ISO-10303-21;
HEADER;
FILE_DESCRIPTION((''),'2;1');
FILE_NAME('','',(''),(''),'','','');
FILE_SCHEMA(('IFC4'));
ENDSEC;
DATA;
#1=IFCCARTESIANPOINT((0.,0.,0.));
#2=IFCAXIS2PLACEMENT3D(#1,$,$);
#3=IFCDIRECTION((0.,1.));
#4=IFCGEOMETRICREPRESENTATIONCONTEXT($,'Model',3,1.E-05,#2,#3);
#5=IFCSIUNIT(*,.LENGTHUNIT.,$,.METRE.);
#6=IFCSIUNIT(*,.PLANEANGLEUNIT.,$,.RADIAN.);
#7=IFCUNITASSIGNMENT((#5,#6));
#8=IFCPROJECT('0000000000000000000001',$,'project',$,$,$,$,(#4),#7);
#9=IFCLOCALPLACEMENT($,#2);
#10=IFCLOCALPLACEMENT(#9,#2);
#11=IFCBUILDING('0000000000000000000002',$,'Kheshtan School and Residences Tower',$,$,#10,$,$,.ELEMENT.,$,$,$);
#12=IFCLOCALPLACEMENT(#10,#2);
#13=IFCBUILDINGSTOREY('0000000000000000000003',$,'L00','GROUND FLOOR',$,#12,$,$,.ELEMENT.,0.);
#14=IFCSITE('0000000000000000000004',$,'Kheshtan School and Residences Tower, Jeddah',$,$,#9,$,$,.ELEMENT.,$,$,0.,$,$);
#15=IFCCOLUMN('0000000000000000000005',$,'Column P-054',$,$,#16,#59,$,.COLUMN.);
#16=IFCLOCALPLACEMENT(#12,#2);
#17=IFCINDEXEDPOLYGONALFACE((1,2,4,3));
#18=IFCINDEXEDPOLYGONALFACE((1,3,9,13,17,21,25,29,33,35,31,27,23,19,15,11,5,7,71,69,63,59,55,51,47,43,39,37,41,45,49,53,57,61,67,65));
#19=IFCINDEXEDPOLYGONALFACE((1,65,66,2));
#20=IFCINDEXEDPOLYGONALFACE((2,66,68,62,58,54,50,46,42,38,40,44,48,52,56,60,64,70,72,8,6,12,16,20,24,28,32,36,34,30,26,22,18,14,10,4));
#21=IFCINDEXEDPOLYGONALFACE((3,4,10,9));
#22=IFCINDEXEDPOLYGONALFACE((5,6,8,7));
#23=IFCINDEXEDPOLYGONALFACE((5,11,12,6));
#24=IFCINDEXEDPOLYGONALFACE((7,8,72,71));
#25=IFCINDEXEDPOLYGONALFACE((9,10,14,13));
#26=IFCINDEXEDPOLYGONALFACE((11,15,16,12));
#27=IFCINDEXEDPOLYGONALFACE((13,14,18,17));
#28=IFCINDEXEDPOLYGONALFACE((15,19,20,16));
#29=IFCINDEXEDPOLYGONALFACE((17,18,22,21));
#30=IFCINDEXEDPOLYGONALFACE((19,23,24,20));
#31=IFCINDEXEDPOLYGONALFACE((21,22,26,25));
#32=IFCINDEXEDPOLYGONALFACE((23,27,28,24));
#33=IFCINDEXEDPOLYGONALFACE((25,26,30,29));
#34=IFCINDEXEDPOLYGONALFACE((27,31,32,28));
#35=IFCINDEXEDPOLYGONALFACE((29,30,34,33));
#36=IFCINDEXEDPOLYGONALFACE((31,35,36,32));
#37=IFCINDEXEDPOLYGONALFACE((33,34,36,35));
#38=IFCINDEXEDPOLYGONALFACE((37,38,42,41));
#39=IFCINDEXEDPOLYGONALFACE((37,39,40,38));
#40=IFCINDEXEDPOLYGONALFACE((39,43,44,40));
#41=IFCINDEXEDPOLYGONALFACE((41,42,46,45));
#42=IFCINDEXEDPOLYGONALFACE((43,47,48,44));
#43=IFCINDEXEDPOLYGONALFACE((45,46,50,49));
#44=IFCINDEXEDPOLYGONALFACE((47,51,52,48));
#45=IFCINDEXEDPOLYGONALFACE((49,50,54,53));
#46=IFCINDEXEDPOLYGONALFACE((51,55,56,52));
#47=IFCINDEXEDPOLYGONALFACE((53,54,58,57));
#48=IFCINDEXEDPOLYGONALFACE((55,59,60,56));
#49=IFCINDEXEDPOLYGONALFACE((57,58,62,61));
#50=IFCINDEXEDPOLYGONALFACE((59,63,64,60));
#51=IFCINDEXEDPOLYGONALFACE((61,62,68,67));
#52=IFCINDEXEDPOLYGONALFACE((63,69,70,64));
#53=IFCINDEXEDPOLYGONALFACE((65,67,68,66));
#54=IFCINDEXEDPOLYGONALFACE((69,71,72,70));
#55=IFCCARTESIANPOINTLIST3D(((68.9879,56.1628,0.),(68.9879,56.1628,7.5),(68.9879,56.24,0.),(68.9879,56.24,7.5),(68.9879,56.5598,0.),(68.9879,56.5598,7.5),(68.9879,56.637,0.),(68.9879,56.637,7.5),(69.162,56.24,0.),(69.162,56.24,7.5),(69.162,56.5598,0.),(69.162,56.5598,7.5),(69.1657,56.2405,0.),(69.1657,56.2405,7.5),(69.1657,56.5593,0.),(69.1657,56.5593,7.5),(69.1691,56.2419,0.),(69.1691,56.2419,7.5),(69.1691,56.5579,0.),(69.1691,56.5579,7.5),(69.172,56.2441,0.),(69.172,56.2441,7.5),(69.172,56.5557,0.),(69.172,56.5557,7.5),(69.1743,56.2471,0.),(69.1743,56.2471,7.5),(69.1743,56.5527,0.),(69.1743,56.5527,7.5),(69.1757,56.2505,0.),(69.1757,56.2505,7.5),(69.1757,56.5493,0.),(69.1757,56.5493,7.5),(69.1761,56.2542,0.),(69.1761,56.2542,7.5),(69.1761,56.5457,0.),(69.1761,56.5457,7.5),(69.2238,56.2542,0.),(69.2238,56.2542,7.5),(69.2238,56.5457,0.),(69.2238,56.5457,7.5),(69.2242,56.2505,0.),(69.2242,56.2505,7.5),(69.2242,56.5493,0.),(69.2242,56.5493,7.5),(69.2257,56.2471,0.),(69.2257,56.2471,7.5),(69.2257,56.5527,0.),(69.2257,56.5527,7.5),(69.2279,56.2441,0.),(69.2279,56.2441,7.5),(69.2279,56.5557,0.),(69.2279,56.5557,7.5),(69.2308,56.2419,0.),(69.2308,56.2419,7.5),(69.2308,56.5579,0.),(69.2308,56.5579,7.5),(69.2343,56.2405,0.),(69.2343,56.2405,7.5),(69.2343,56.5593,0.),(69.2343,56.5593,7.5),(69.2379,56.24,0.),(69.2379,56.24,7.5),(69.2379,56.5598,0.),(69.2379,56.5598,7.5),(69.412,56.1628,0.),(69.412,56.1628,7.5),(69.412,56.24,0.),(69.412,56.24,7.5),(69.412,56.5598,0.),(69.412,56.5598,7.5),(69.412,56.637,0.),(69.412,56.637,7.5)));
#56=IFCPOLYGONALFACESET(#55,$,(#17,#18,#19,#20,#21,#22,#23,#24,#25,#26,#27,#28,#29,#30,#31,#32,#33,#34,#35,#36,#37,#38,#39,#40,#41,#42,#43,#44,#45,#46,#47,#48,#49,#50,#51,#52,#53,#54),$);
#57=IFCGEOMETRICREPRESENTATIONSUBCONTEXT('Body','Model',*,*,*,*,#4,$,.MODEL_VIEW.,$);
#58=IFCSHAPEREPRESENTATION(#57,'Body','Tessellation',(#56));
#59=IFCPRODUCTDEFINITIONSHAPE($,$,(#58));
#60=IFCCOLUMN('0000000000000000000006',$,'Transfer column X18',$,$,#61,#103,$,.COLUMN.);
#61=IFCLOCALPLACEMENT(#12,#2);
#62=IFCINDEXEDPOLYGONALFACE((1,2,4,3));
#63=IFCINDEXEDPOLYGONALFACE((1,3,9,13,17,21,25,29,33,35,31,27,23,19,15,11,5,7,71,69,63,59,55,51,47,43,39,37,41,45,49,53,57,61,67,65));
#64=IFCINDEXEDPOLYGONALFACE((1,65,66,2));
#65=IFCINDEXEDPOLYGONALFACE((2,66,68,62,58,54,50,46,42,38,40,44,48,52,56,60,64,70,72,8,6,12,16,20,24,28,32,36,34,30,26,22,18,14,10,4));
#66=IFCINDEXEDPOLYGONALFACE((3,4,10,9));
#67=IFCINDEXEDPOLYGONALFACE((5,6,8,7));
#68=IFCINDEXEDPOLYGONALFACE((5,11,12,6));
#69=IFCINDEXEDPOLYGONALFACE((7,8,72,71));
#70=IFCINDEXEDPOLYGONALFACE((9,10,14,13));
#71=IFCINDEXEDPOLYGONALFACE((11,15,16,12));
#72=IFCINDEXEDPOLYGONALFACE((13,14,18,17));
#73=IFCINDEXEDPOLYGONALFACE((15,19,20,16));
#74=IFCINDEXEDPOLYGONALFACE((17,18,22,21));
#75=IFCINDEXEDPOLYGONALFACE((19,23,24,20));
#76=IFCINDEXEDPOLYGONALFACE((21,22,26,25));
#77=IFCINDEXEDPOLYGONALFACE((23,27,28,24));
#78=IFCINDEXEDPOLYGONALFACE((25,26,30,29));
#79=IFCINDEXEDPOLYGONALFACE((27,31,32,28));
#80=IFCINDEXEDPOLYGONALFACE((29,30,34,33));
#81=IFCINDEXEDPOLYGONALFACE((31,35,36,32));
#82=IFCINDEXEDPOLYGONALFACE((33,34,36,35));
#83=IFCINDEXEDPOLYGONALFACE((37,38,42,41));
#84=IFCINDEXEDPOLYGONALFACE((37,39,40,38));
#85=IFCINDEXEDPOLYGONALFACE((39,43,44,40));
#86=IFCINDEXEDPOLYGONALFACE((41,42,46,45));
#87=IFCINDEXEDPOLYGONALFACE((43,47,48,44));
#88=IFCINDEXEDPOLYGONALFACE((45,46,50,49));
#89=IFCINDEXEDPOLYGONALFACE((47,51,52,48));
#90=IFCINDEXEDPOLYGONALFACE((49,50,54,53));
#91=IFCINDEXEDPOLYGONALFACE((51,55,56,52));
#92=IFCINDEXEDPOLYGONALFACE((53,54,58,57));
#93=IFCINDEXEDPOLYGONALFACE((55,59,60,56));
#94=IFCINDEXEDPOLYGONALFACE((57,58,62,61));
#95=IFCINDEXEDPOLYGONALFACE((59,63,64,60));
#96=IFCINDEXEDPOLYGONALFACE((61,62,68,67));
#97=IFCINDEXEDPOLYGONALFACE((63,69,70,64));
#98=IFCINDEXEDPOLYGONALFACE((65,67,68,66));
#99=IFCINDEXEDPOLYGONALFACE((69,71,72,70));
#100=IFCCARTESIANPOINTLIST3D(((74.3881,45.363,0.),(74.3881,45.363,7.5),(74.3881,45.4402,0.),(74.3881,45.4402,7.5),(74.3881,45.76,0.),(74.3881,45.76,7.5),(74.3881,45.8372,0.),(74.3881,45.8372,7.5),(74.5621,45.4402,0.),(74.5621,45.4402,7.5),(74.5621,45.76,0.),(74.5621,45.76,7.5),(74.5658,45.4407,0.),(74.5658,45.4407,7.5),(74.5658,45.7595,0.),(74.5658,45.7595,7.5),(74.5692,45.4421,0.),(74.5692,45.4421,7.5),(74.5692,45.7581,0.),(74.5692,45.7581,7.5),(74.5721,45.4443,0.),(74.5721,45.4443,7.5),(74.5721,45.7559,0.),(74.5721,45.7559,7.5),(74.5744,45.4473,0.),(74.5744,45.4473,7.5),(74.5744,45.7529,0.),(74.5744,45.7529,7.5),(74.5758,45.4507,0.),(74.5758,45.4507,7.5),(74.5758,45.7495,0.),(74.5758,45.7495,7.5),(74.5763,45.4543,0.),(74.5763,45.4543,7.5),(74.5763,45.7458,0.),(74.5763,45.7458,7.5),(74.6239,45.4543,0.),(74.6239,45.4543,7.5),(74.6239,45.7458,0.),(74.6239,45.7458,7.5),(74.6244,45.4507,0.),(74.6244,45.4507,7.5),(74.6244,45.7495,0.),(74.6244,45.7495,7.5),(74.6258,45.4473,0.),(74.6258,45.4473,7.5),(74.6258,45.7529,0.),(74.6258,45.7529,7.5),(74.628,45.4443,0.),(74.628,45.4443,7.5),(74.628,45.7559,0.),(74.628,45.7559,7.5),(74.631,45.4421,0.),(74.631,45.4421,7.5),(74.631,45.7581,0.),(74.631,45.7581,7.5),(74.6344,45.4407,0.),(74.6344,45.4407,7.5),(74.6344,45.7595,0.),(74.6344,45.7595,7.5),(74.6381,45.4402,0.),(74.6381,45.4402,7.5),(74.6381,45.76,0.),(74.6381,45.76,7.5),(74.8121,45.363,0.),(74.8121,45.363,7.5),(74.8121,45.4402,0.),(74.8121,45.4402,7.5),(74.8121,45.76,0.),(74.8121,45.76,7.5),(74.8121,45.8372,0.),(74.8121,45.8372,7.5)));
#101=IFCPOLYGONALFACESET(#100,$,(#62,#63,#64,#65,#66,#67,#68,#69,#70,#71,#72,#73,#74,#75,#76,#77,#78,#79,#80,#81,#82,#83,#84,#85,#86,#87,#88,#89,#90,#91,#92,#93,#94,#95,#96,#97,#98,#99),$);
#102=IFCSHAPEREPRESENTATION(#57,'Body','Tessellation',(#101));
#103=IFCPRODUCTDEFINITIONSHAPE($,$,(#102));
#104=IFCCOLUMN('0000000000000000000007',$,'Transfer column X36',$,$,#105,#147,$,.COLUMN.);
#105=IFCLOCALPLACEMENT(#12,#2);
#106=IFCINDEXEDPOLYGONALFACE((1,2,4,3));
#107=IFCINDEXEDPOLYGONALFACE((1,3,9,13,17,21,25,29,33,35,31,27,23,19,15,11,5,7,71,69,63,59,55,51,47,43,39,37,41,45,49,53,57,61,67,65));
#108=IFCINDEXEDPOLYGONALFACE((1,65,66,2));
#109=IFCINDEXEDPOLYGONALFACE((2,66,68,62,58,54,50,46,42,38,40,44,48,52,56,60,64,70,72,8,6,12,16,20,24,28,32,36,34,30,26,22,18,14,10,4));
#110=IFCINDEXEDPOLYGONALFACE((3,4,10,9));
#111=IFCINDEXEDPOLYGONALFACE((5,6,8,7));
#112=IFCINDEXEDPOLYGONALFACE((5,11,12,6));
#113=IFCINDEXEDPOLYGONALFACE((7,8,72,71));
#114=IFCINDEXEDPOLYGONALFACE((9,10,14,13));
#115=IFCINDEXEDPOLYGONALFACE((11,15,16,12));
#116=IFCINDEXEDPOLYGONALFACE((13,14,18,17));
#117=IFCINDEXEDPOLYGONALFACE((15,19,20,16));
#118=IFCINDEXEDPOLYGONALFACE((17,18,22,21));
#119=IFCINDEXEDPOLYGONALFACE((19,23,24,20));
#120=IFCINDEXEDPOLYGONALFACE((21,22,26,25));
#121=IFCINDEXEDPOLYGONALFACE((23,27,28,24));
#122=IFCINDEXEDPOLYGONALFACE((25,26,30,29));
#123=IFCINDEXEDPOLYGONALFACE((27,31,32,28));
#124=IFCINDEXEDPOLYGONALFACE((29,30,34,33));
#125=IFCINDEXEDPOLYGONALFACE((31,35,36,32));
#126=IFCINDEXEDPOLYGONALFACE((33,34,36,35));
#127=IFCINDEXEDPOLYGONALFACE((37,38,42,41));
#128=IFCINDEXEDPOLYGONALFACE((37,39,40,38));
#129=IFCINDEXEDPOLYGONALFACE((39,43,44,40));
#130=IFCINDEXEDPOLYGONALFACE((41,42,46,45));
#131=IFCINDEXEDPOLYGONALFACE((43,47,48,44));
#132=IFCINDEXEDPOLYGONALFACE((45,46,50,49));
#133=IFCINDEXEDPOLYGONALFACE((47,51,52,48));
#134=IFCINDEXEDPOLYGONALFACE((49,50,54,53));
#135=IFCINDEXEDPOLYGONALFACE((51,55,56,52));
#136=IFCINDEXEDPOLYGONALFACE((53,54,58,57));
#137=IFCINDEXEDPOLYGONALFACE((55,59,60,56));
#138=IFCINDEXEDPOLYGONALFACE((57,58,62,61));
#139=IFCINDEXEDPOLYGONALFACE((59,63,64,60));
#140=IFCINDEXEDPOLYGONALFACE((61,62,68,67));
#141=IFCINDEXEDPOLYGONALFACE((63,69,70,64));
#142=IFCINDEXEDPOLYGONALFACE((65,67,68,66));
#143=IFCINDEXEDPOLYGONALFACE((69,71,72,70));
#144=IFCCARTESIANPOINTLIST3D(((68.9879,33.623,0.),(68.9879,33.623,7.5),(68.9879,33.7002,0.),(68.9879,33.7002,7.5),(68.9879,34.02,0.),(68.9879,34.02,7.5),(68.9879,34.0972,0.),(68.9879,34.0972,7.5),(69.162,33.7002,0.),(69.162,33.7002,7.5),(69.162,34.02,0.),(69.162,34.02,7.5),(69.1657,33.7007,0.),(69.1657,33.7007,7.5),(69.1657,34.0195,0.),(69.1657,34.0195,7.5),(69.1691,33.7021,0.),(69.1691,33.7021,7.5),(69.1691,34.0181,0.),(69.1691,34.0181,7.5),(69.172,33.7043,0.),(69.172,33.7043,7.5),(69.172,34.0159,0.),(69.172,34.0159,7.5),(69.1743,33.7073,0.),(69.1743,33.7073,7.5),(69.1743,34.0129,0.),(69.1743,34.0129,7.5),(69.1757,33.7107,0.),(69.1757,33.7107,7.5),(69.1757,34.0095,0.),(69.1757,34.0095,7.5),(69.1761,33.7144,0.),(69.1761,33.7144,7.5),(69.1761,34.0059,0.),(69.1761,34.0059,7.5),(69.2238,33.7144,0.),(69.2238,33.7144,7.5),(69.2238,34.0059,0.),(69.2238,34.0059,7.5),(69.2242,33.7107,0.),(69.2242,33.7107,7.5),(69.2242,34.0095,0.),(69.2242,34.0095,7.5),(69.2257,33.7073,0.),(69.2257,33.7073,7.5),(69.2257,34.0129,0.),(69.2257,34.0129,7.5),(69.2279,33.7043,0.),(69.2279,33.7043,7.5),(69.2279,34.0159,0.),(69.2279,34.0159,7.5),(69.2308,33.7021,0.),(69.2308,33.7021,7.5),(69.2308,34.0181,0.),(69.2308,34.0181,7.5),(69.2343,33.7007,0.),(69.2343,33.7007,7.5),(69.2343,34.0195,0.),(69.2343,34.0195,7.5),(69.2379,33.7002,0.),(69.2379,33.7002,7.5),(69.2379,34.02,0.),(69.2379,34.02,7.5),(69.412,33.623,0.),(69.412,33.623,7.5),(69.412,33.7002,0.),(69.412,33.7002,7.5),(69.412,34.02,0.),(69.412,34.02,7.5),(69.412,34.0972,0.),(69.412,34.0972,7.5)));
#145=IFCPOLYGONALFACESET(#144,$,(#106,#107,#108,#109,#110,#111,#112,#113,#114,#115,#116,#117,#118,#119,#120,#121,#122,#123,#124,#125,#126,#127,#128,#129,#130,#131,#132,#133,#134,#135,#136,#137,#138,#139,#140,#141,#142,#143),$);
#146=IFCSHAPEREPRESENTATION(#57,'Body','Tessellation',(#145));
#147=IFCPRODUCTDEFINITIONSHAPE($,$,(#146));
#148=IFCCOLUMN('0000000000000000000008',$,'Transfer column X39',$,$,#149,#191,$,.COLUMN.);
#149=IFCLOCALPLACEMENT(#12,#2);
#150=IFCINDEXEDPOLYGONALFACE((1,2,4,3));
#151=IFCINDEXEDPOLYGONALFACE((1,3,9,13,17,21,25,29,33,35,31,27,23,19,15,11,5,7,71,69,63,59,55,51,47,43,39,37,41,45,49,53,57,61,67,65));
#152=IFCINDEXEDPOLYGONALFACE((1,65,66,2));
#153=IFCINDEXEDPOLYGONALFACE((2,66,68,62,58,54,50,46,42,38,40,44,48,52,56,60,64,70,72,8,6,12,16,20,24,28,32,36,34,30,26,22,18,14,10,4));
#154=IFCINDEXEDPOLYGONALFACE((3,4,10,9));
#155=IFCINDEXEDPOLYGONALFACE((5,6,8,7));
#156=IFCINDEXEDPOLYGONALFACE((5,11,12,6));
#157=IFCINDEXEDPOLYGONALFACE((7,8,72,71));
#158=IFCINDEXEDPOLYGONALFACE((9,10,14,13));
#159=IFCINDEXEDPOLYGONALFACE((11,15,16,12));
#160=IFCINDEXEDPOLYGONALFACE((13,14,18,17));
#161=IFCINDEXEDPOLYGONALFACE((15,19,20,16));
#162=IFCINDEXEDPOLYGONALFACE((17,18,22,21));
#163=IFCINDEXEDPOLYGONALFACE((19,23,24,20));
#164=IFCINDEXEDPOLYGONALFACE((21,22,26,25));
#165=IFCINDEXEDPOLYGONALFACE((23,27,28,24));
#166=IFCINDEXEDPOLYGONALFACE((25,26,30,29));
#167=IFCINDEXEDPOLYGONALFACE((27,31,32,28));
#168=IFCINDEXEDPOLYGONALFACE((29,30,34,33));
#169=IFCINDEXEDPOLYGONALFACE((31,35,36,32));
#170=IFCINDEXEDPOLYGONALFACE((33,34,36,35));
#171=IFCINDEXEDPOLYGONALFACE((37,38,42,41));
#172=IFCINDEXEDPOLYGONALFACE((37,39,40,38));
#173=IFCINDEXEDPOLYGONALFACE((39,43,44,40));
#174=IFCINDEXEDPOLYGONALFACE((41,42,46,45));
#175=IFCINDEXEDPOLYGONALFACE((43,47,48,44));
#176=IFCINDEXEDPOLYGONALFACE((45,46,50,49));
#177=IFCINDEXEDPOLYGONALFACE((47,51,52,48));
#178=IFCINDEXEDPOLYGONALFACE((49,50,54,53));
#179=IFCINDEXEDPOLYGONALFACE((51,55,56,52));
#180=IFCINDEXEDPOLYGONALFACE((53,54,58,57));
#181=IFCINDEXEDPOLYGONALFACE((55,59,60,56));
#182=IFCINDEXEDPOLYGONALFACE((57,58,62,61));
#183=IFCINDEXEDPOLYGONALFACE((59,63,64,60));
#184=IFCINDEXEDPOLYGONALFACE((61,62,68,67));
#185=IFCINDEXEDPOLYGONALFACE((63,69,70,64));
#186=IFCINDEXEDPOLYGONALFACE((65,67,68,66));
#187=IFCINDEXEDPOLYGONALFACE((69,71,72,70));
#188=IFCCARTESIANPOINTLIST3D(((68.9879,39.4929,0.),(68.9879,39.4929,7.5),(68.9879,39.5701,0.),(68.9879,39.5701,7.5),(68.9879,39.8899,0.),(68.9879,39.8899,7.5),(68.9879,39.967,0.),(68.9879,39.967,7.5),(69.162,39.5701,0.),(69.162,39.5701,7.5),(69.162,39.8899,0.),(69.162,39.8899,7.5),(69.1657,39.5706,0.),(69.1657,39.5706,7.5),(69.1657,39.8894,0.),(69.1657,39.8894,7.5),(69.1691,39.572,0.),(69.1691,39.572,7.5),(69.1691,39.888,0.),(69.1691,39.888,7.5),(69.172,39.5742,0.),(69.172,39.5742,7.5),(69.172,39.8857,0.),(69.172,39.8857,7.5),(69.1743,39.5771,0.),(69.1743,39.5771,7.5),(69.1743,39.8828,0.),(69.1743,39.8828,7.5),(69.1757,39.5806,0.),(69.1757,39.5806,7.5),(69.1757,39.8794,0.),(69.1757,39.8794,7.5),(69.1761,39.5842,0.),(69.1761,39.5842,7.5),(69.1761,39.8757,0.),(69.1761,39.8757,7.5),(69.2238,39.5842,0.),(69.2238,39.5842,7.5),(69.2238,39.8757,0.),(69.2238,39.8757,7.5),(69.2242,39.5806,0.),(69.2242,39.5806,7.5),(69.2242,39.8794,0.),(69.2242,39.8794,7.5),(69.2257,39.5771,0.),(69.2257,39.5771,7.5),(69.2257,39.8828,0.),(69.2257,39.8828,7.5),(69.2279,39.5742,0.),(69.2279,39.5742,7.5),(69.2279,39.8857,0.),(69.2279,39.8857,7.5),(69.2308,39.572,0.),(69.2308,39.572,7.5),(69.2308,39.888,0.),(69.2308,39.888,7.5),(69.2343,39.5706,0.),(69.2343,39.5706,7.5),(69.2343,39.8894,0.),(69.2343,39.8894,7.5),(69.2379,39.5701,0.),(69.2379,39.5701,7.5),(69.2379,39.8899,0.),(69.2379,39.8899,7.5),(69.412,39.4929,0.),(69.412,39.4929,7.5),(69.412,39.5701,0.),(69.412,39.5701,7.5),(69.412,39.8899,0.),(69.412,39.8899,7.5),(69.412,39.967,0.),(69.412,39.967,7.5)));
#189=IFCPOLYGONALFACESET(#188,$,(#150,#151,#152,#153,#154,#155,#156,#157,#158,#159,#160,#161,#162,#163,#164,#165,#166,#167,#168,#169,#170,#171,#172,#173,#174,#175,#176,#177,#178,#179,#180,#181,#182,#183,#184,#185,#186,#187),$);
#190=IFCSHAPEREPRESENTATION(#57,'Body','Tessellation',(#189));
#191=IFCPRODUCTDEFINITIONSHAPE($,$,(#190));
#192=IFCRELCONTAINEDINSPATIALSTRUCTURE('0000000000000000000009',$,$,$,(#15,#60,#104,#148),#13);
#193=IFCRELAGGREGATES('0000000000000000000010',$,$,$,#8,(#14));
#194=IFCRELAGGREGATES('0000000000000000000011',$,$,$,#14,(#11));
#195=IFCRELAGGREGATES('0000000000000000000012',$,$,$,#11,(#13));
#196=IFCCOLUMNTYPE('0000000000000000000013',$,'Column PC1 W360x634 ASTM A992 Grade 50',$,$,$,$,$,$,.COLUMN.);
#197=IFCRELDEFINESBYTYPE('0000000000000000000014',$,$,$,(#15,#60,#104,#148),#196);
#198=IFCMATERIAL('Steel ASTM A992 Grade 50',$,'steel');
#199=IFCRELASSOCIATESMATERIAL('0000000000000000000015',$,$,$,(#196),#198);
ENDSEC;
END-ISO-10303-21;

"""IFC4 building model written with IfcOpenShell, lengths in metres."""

from ifc_helpers import new_model, si_unit, direction, frame, origin, origin_2d, place, context, subcontext, project, spatial, i_section, extrude, material, material_profile, profile_set, type_object, element, save


model = new_model("IFC4")

# Units and contexts
model_context = context("Model", 3, precision=1e-05, world=origin(), true_north=direction((0.0, 1.0)))
body_context = subcontext(model_context, "Body", "Model", "MODEL_VIEW")
ifc_project = project(units=[si_unit("LENGTHUNIT", "METRE"), si_unit("PLANEANGLEUNIT", "RADIAN")], contexts=[model_context])

# Site, building, storey
site_placement = place(None, origin())
site = spatial("IfcSite", under=ifc_project, at=site_placement, Name="Kheshtan School and Residences Tower, Jeddah", CompositionType="ELEMENT", RefElevation=0.0)
building_placement = place(site_placement, origin())
building = spatial("IfcBuilding", under=site, at=building_placement, Name="Kheshtan School and Residences Tower", CompositionType="ELEMENT")
storey_placement = place(building_placement, origin())
storey = spatial("IfcBuildingStorey", under=building, at=storey_placement, Name="L00", Description="GROUND FLOOR", CompositionType="ELEMENT", Elevation=0.0)

# Columns
ifc_material_1 = material(Name="Steel ASTM A992 Grade 50", Category="steel")
ifc_material_profile_1 = material_profile(ifc_material_1, i_section(OverallWidth=0.4241, OverallDepth=0.4741, WebThickness=0.0476, FlangeThickness=0.0771, FilletRadius=0.0142, at=origin_2d()), Name="W360x634")
ifc_profile_set_1 = profile_set([ifc_material_profile_1], Name="Steel ASTM A992 Grade 50")
column_type = type_object("IfcColumnType", Name="Column PC1 W360x634 ASTM A992 Grade 50", PredefinedType="COLUMN", material=ifc_profile_set_1)
for number, where, z_axis, x_axis, name in (
    (1, (69.2, 56.3999, 0.0), (0.0, 0.0, 1.0), (1.0, 0.0, 0.0), "Column P-054"),
    (2, (74.6001, 45.6001, 0.0), (0.0, 0.0, 1.0), (1.0, 0.0, 0.0), "Transfer column X18"),
    (3, (69.2, 33.8601, 0.0), (0.0, 0.0, 1.0), (1.0, 0.0, 0.0), "Transfer column X36"),
    (4, (69.2, 39.73, 0.0), (0.0, 0.0, 1.0), (1.0, 0.0, 0.0), "Transfer column X39"),
):
    element("IfcColumn", number, at=place(storey_placement, frame(where, z_axis=z_axis, x_axis=x_axis)), inside=storey, type_object=column_type, Name=name, PredefinedType="COLUMN", context=body_context, shape_type="SweptSolid", body=[
        extrude(i_section(OverallWidth=0.4241, OverallDepth=0.4741, WebThickness=0.0476, FlangeThickness=0.0771, FilletRadius=0.0142, at=origin_2d()), origin(), (0.0, 0.0, 1.0), 7.5),
    ])

save(model, "model.ifc")
